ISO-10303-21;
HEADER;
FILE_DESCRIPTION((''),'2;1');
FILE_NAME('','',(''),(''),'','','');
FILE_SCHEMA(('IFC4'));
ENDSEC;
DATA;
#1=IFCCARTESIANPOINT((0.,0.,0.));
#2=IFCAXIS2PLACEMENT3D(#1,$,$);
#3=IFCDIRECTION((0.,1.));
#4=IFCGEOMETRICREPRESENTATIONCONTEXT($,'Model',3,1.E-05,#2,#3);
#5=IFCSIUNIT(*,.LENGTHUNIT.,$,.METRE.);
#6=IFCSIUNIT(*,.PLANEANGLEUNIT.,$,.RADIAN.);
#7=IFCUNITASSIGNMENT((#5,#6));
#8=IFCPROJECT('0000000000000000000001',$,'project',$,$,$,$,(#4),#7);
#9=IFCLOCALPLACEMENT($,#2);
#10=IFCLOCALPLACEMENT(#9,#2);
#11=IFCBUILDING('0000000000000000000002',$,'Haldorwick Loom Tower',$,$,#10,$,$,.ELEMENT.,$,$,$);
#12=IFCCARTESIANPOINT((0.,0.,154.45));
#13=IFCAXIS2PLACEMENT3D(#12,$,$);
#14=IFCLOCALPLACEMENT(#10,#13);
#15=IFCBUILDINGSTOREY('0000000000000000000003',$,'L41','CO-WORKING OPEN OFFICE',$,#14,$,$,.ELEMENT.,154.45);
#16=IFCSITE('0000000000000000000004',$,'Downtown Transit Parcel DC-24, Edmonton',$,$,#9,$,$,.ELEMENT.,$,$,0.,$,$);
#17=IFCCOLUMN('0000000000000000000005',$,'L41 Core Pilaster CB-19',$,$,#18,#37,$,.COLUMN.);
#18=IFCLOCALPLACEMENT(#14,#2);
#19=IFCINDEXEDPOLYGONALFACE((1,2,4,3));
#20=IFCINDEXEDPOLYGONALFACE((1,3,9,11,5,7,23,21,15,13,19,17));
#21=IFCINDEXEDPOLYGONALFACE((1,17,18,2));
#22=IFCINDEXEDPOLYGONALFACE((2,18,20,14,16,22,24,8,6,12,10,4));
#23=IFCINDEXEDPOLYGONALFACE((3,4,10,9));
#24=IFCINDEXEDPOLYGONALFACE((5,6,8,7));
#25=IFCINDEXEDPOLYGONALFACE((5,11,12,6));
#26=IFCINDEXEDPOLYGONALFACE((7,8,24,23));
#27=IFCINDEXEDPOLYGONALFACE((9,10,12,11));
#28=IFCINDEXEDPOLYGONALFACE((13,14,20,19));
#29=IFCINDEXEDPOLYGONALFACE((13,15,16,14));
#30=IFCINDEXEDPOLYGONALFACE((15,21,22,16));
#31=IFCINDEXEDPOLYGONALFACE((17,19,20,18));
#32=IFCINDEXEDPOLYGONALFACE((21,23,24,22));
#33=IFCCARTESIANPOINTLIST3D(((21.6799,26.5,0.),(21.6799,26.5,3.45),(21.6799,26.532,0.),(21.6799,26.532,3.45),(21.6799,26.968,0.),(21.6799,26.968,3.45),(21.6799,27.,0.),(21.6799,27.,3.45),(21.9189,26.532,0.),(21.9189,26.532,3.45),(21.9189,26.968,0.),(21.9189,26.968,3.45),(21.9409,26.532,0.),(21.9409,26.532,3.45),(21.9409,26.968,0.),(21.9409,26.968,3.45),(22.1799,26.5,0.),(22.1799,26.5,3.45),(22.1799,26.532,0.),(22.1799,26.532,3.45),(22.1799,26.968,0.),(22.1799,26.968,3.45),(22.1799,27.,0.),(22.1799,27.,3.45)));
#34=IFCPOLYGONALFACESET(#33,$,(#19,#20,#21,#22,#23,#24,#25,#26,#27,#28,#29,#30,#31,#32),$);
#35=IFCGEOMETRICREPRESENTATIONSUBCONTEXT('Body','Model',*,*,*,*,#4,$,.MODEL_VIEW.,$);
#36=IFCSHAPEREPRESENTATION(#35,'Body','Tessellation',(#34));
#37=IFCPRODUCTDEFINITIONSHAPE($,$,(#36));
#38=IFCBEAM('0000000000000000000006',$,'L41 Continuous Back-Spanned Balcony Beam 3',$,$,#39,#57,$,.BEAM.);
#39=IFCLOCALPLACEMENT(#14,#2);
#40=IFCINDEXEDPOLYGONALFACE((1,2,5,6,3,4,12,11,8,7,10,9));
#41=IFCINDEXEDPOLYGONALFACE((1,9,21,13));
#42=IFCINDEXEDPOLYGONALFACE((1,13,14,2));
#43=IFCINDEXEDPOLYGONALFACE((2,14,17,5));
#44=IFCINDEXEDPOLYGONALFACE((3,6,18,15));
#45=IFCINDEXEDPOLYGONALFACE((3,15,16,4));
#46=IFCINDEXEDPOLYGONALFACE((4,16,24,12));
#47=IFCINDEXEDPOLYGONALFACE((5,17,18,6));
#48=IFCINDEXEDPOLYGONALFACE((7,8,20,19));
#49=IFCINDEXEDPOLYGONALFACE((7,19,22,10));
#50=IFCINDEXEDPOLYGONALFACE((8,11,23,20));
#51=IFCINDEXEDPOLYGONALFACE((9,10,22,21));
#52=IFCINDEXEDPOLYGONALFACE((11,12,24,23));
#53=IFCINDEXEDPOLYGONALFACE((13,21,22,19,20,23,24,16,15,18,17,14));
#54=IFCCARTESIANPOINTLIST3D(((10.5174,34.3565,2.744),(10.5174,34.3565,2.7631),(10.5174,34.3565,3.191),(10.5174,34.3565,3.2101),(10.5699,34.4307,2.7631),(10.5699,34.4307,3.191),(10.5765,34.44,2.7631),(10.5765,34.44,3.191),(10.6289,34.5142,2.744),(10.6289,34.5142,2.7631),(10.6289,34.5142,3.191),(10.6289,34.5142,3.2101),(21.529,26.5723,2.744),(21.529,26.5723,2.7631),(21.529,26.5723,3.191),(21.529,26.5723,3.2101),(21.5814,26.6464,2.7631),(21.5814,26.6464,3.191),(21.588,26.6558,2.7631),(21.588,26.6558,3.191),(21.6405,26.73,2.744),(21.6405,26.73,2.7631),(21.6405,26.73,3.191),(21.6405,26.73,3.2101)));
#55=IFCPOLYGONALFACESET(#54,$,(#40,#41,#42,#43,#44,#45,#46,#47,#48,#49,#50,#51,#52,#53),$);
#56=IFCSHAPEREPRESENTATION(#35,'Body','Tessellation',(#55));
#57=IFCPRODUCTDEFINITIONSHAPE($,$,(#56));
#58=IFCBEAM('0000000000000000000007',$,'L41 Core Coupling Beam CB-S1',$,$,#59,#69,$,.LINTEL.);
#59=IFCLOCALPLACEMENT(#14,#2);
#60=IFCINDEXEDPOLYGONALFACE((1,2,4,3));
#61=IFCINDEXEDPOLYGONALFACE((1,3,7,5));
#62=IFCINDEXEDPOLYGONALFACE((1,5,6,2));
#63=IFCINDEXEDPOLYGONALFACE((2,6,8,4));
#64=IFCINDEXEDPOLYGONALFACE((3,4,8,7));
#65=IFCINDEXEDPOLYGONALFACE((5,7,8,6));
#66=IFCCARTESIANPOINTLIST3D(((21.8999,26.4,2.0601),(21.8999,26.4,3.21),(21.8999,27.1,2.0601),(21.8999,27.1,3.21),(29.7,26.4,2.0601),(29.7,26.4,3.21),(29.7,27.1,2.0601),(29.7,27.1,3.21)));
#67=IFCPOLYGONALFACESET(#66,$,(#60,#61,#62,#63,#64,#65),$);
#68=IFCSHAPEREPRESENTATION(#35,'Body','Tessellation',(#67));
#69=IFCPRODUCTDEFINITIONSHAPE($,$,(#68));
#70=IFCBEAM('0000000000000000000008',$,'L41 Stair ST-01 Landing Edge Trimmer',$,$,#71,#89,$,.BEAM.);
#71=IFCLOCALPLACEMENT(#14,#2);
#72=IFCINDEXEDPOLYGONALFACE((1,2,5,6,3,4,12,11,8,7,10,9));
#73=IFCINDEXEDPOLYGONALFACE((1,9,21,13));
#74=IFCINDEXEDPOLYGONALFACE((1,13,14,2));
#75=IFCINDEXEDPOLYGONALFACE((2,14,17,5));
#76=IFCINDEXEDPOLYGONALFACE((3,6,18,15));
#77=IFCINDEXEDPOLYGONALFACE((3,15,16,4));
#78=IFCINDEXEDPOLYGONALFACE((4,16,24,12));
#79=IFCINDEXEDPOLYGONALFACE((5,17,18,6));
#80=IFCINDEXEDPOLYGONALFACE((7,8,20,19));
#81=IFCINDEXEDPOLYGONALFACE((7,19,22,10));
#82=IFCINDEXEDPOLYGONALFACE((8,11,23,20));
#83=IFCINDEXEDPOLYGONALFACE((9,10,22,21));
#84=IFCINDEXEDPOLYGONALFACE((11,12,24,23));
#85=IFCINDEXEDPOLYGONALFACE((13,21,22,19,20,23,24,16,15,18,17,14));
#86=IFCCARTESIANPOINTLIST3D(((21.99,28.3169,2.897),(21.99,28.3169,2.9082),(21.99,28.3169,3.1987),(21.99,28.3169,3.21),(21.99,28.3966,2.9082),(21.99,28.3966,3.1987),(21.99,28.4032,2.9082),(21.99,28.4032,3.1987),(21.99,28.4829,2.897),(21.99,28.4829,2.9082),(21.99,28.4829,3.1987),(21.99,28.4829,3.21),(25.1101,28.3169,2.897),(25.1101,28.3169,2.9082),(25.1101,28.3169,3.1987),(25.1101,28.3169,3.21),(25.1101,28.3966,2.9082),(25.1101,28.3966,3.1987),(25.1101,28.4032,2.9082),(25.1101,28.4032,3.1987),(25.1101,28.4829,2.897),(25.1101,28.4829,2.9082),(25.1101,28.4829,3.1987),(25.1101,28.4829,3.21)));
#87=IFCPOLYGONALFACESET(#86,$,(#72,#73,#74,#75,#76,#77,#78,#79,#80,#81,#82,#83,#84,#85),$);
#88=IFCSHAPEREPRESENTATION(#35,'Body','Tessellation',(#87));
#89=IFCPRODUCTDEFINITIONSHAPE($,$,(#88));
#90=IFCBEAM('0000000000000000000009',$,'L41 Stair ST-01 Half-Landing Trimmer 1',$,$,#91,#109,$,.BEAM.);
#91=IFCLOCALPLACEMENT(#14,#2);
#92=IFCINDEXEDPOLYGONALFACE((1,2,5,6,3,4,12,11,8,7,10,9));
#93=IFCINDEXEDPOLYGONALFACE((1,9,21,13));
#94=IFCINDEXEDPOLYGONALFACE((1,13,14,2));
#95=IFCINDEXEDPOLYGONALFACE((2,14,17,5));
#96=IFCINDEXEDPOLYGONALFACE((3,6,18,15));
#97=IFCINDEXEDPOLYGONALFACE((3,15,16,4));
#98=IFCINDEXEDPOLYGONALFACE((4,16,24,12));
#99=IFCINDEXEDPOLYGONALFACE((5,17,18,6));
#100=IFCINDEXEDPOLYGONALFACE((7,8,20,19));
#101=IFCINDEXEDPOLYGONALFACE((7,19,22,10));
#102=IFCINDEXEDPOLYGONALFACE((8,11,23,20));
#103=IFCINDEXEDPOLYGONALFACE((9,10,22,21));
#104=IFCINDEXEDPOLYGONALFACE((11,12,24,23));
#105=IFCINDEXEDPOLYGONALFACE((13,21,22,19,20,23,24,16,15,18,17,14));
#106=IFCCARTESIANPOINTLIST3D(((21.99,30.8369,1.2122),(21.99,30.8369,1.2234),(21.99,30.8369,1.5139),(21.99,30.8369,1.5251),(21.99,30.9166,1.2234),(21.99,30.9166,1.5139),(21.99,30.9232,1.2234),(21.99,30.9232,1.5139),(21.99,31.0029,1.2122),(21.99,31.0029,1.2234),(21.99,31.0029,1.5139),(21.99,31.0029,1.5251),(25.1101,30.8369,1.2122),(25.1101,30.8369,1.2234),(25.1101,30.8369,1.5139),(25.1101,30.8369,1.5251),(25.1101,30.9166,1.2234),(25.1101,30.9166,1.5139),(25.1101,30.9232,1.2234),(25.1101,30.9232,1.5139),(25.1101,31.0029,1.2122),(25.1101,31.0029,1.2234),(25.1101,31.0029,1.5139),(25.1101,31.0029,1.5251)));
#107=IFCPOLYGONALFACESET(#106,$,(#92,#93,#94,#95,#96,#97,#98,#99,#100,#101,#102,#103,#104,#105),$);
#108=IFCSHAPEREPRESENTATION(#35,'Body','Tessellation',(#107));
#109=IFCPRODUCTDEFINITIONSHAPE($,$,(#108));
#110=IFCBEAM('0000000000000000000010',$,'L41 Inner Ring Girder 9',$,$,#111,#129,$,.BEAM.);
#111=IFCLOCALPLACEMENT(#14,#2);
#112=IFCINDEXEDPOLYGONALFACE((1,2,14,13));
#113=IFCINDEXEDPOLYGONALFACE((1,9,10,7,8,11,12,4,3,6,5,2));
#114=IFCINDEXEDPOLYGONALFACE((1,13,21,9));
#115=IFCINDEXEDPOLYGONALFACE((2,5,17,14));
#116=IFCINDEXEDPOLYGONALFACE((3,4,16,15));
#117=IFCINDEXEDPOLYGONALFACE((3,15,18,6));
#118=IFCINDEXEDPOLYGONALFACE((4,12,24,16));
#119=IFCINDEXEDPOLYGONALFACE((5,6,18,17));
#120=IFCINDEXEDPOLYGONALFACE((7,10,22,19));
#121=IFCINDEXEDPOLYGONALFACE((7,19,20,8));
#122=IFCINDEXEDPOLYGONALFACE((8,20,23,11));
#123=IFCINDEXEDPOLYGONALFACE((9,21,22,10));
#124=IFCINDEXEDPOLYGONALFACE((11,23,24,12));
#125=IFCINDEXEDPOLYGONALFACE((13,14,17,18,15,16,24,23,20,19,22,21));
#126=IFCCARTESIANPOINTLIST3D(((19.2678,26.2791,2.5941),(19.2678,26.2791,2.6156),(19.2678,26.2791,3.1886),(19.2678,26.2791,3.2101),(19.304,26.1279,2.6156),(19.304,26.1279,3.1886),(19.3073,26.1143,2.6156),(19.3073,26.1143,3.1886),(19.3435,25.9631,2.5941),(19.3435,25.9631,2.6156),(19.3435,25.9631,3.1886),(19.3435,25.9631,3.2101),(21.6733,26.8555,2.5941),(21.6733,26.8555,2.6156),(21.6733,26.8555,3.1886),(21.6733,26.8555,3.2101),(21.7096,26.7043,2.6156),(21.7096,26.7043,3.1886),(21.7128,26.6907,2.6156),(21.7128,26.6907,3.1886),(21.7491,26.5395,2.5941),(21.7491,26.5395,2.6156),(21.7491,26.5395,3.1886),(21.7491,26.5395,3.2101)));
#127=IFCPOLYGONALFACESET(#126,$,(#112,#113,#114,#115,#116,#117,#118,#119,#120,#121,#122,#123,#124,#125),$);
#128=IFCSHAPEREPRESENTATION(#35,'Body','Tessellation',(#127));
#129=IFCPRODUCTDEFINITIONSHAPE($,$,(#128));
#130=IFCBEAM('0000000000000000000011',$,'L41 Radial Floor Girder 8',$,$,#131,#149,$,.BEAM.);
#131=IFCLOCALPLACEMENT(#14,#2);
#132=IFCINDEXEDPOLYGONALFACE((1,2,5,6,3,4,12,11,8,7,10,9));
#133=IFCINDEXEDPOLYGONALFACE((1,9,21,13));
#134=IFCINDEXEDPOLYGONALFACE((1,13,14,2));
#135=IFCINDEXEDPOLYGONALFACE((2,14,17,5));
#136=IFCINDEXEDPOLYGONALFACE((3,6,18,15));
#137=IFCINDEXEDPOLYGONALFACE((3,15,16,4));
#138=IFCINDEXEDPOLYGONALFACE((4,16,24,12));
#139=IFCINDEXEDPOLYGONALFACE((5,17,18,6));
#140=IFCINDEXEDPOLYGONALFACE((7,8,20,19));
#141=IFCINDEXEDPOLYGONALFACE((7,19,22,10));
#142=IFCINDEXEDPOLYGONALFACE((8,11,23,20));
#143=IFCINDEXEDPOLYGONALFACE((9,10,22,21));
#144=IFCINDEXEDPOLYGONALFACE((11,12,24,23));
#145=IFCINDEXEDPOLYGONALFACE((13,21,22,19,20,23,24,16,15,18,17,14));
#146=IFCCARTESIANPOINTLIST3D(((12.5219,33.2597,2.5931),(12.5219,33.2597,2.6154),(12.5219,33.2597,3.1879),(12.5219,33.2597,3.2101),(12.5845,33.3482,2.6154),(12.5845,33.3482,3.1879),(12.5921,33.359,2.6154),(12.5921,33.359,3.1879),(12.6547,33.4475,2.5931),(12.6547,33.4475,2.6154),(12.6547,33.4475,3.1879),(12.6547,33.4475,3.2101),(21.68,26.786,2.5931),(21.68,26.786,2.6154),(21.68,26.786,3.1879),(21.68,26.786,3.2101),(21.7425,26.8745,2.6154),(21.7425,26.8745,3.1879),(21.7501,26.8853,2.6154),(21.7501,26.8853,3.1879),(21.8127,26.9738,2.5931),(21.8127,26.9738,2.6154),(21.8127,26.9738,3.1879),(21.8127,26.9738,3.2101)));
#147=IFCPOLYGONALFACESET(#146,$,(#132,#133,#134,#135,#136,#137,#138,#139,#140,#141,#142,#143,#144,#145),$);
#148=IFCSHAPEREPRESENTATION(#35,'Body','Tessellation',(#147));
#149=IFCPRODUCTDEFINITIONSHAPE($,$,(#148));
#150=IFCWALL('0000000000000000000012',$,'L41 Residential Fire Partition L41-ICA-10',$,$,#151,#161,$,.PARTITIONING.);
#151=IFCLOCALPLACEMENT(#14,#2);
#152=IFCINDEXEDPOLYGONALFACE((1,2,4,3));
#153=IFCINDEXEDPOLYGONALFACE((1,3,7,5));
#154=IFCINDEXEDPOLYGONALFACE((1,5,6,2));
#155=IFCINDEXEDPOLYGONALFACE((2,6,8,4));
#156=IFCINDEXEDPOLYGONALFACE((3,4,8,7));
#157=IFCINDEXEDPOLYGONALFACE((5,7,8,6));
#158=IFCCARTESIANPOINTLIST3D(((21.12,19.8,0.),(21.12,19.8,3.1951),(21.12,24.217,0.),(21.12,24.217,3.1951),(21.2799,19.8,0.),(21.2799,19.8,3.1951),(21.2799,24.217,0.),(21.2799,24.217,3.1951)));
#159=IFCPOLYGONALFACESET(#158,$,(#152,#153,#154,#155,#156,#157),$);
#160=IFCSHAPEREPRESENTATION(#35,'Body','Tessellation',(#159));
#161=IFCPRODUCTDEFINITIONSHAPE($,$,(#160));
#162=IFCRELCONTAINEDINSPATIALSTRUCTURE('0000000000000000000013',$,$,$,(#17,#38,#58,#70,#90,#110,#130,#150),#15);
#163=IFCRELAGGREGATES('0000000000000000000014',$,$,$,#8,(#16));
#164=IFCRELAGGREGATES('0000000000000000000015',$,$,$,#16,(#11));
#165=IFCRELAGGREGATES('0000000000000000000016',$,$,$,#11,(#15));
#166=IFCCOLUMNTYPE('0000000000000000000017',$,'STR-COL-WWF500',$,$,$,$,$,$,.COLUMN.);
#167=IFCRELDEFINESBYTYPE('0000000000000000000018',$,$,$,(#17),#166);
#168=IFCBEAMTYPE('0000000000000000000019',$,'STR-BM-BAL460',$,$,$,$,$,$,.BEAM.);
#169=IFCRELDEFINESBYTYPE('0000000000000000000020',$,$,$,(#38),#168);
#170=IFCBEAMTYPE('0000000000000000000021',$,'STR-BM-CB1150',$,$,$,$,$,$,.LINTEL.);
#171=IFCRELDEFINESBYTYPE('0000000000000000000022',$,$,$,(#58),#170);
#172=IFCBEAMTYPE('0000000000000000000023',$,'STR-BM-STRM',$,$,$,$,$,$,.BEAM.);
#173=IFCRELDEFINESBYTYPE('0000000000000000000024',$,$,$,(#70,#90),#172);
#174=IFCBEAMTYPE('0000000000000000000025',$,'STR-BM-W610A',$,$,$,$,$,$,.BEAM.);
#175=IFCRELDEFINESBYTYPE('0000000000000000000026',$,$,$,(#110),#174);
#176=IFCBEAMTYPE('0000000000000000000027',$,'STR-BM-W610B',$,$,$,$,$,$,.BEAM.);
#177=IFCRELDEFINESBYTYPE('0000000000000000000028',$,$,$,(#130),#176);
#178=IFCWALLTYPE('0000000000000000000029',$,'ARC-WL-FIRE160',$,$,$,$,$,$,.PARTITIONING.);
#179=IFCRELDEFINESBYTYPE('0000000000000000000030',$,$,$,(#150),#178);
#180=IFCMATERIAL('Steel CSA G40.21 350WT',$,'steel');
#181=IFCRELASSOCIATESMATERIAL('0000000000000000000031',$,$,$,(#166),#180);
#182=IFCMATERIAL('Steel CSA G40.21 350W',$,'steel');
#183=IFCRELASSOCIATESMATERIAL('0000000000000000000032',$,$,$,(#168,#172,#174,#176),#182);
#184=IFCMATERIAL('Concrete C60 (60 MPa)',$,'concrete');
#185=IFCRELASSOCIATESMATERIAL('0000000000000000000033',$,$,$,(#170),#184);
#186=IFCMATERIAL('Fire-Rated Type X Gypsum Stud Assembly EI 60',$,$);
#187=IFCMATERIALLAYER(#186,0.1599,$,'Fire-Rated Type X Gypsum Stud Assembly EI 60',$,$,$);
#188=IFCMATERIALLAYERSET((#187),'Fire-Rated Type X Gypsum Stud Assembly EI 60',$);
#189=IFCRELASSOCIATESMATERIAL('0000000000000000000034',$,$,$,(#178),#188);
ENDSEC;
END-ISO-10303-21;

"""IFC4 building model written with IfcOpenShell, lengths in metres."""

from ifc_helpers import new_model, si_unit, direction, frame, frame_2d, origin, origin_2d, place, context, subcontext, project, spatial, rectangle, i_section, extrude, material, layer, layer_set, material_profile, profile_set, type_object, element, save


model = new_model("IFC4")

# Units and contexts
model_context = context("Model", 3, precision=1e-05, world=origin(), true_north=direction((0.0, 1.0)))
body_context = subcontext(model_context, "Body", "Model", "MODEL_VIEW")
ifc_project = project(units=[si_unit("LENGTHUNIT", "METRE"), si_unit("PLANEANGLEUNIT", "RADIAN")], contexts=[model_context])

# Site, building, storey
site_placement = place(None, origin())
site = spatial("IfcSite", under=ifc_project, at=site_placement, Name="Downtown Transit Parcel DC-24, Edmonton", CompositionType="ELEMENT", RefElevation=0.0)
building_placement = place(site_placement, origin())
building = spatial("IfcBuilding", under=site, at=building_placement, Name="Haldorwick Loom Tower", CompositionType="ELEMENT")
storey_placement = place(building_placement, frame((0.0, 0.0, 154.45)))
storey = spatial("IfcBuildingStorey", under=building, at=storey_placement, Name="L41", Description="CO-WORKING OPEN OFFICE", CompositionType="ELEMENT", Elevation=154.45)

# Column
ifc_material_1 = material(Name="Steel CSA G40.21 350WT", Category="steel")
ifc_material_profile_1 = material_profile(ifc_material_1, i_section(OverallWidth=0.5, OverallDepth=0.5, WebThickness=0.022, FlangeThickness=0.032, at=origin_2d()), Name="WWF500X500", Category="steel")
ifc_profile_set_1 = profile_set([ifc_material_profile_1], Name="Steel CSA G40.21 350WT")
column_type = type_object("IfcColumnType", Name="STR-COL-WWF500", PredefinedType="COLUMN", material=ifc_profile_set_1)
column_placement = place(storey_placement, frame((21.9299, 26.75, 0.0), z_axis=(0.0, 0.0, 1.0), x_axis=(1.0, 0.0, 0.0)))
element("IfcColumn", 1, at=column_placement, inside=storey, type_object=column_type, Name="L41 Core Pilaster CB-19", PredefinedType="COLUMN", context=body_context, shape_type="SweptSolid", body=[
    extrude(i_section(OverallWidth=0.5, OverallDepth=0.5, WebThickness=0.022, FlangeThickness=0.032, at=origin_2d()), origin(), (0.0, 0.0, 1.0), 3.45),
])

# Beams
ifc_material_2 = material(Name="Steel CSA G40.21 350W", Category="steel")
ifc_material_profile_2 = material_profile(ifc_material_2, i_section(OverallWidth=0.1931, OverallDepth=0.4661, WebThickness=0.0115, FlangeThickness=0.019, at=origin_2d()), Name="W460X97", Category="steel")
ifc_profile_set_2 = profile_set([ifc_material_profile_2], Name="Steel CSA G40.21 350W")
beam_type_1 = type_object("IfcBeamType", Name="STR-BM-BAL460", PredefinedType="BEAM", material=ifc_profile_set_2)
beam_1_placement = place(storey_placement, frame((21.5847, 26.6511, 2.9771), z_axis=(-0.81657, 0.577246, 0.0), x_axis=(-0.577246, -0.81657, 0.0)))
element("IfcBeam", 2, at=beam_1_placement, inside=storey, type_object=beam_type_1, Name="L41 Continuous Back-Spanned Balcony Beam 3", PredefinedType="BEAM", context=body_context, shape_type="SweptSolid", body=[
    extrude(i_section(OverallWidth=0.1931, OverallDepth=0.4661, WebThickness=0.0115, FlangeThickness=0.019, at=origin_2d()), origin(), (0.0, 0.0, 1.0), 13.4851),
])
ifc_material_3 = material(Name="Concrete C60 (60 MPa)", Category="concrete")
ifc_material_profile_3 = material_profile(ifc_material_3, rectangle(XDim=0.7, YDim=1.1499, at=origin_2d()), Name="RC700X1150", Category="concrete")
ifc_profile_set_3 = profile_set([ifc_material_profile_3], Name="Concrete C60 (60 MPa)")
beam_type_2 = type_object("IfcBeamType", Name="STR-BM-CB1150", PredefinedType="LINTEL", material=ifc_profile_set_3)
beam_2_placement = place(storey_placement, frame((21.8999, 26.75, 2.635), z_axis=(1.0, 0.0, 0.0), x_axis=(0.0, 1.0, 0.0)))
element("IfcBeam", 3, at=beam_2_placement, inside=storey, type_object=beam_type_2, Name="L41 Core Coupling Beam CB-S1", PredefinedType="LINTEL", context=body_context, shape_type="SweptSolid", body=[
    extrude(rectangle(XDim=0.7, YDim=1.1499, at=origin_2d()), origin(), (0.0, 0.0, 1.0), 7.8),
])
ifc_material_profile_4 = material_profile(ifc_material_2, i_section(OverallWidth=0.166, OverallDepth=0.313, WebThickness=0.0066, FlangeThickness=0.0112, at=origin_2d()), Name="W310X45", Category="steel")
ifc_profile_set_4 = profile_set([ifc_material_profile_4], Name="Steel CSA G40.21 350W")
beam_type_3 = type_object("IfcBeamType", Name="STR-BM-STRM", PredefinedType="BEAM", material=ifc_profile_set_4)
for number, where, z_axis, x_axis, name in (
    (4, (21.99, 28.3999, 3.0535), (1.0, 0.0, 0.0), (0.0, 1.0, 0.0), "L41 Stair ST-01 Landing Edge Trimmer"),
    (5, (21.99, 30.9199, 1.3687), (1.0, 0.0, 0.0), (0.0, 1.0, 0.0), "L41 Stair ST-01 Half-Landing Trimmer 1"),
):
    element("IfcBeam", number, at=place(storey_placement, frame(where, z_axis=z_axis, x_axis=x_axis)), inside=storey, type_object=beam_type_3, Name=name, PredefinedType="BEAM", context=body_context, shape_type="SweptSolid", body=[
        extrude(i_section(OverallWidth=0.166, OverallDepth=0.313, WebThickness=0.0066, FlangeThickness=0.0112, at=origin_2d()), origin(), (0.0, 0.0, 1.0), 3.1201),
    ])
ifc_material_profile_5 = material_profile(ifc_material_2, i_section(OverallWidth=0.325, OverallDepth=0.616, WebThickness=0.0139, FlangeThickness=0.0215, at=origin_2d()), Name="W610X174", Category="steel")
ifc_profile_set_5 = profile_set([ifc_material_profile_5], Name="Steel CSA G40.21 350W")
beam_type_4 = type_object("IfcBeamType", Name="STR-BM-W610A", PredefinedType="BEAM", material=ifc_profile_set_5)
beam_3_placement = place(storey_placement, frame((19.3057, 26.1211, 2.9021), z_axis=(0.972471, 0.233026, 0.0), x_axis=(-0.233026, 0.972471, 0.0)))
element("IfcBeam", 6, at=beam_3_placement, inside=storey, type_object=beam_type_4, Name="L41 Inner Ring Girder 9", PredefinedType="BEAM", context=body_context, shape_type="SweptSolid", body=[
    extrude(i_section(OverallWidth=0.325, OverallDepth=0.616, WebThickness=0.0139, FlangeThickness=0.0215, at=origin_2d()), origin(), (0.0, 0.0, 1.0), 2.4736),
])
ifc_material_profile_6 = material_profile(ifc_material_2, i_section(OverallWidth=0.23, OverallDepth=0.6169, WebThickness=0.0132, FlangeThickness=0.0222, at=origin_2d()), Name="W610X140", Category="steel")
ifc_profile_set_6 = profile_set([ifc_material_profile_6], Name="Steel CSA G40.21 350W")
beam_type_5 = type_object("IfcBeamType", Name="STR-BM-W610B", PredefinedType="BEAM", material=ifc_profile_set_6)
beam_4_placement = place(storey_placement, frame((21.7463, 26.8799, 2.9016), z_axis=(-0.816582, 0.57723, 0.0), x_axis=(-0.57723, -0.816582, 0.0)))
element("IfcBeam", 7, at=beam_4_placement, inside=storey, type_object=beam_type_5, Name="L41 Radial Floor Girder 8", PredefinedType="BEAM", context=body_context, shape_type="SweptSolid", body=[
    extrude(i_section(OverallWidth=0.23, OverallDepth=0.6169, WebThickness=0.0132, FlangeThickness=0.0222, at=origin_2d()), origin(), (0.0, 0.0, 1.0), 11.2151),
])

# Wall
ifc_material_4 = material(Name="Fire-Rated Type X Gypsum Stud Assembly EI 60")
ifc_layer_1 = layer(ifc_material_4, 0.1599, Name="Fire-Rated Type X Gypsum Stud Assembly EI 60")
ifc_layer_set_1 = layer_set([ifc_layer_1], Name="Fire-Rated Type X Gypsum Stud Assembly EI 60")
wall_type_1 = type_object("IfcWallType", Name="ARC-WL-FIRE160", PredefinedType="PARTITIONING", material=ifc_layer_set_1)
wall_1_placement = place(storey_placement, frame((21.2, 24.217, 0.0), z_axis=(0.0, 0.0, 1.0), x_axis=(0.0, -1.0, 0.0)))
element("IfcWall", 8, at=wall_1_placement, inside=storey, type_object=wall_type_1, Name="L41 Residential Fire Partition L41-ICA-10", PredefinedType="PARTITIONING", context=body_context, shape_type="SweptSolid", body=[
    extrude(rectangle(XDim=4.417, YDim=0.1599, at=frame_2d((2.2085, 0.0))), origin(), (0.0, 0.0, 1.0), 3.1951),
])

save(model, "model.ifc")
